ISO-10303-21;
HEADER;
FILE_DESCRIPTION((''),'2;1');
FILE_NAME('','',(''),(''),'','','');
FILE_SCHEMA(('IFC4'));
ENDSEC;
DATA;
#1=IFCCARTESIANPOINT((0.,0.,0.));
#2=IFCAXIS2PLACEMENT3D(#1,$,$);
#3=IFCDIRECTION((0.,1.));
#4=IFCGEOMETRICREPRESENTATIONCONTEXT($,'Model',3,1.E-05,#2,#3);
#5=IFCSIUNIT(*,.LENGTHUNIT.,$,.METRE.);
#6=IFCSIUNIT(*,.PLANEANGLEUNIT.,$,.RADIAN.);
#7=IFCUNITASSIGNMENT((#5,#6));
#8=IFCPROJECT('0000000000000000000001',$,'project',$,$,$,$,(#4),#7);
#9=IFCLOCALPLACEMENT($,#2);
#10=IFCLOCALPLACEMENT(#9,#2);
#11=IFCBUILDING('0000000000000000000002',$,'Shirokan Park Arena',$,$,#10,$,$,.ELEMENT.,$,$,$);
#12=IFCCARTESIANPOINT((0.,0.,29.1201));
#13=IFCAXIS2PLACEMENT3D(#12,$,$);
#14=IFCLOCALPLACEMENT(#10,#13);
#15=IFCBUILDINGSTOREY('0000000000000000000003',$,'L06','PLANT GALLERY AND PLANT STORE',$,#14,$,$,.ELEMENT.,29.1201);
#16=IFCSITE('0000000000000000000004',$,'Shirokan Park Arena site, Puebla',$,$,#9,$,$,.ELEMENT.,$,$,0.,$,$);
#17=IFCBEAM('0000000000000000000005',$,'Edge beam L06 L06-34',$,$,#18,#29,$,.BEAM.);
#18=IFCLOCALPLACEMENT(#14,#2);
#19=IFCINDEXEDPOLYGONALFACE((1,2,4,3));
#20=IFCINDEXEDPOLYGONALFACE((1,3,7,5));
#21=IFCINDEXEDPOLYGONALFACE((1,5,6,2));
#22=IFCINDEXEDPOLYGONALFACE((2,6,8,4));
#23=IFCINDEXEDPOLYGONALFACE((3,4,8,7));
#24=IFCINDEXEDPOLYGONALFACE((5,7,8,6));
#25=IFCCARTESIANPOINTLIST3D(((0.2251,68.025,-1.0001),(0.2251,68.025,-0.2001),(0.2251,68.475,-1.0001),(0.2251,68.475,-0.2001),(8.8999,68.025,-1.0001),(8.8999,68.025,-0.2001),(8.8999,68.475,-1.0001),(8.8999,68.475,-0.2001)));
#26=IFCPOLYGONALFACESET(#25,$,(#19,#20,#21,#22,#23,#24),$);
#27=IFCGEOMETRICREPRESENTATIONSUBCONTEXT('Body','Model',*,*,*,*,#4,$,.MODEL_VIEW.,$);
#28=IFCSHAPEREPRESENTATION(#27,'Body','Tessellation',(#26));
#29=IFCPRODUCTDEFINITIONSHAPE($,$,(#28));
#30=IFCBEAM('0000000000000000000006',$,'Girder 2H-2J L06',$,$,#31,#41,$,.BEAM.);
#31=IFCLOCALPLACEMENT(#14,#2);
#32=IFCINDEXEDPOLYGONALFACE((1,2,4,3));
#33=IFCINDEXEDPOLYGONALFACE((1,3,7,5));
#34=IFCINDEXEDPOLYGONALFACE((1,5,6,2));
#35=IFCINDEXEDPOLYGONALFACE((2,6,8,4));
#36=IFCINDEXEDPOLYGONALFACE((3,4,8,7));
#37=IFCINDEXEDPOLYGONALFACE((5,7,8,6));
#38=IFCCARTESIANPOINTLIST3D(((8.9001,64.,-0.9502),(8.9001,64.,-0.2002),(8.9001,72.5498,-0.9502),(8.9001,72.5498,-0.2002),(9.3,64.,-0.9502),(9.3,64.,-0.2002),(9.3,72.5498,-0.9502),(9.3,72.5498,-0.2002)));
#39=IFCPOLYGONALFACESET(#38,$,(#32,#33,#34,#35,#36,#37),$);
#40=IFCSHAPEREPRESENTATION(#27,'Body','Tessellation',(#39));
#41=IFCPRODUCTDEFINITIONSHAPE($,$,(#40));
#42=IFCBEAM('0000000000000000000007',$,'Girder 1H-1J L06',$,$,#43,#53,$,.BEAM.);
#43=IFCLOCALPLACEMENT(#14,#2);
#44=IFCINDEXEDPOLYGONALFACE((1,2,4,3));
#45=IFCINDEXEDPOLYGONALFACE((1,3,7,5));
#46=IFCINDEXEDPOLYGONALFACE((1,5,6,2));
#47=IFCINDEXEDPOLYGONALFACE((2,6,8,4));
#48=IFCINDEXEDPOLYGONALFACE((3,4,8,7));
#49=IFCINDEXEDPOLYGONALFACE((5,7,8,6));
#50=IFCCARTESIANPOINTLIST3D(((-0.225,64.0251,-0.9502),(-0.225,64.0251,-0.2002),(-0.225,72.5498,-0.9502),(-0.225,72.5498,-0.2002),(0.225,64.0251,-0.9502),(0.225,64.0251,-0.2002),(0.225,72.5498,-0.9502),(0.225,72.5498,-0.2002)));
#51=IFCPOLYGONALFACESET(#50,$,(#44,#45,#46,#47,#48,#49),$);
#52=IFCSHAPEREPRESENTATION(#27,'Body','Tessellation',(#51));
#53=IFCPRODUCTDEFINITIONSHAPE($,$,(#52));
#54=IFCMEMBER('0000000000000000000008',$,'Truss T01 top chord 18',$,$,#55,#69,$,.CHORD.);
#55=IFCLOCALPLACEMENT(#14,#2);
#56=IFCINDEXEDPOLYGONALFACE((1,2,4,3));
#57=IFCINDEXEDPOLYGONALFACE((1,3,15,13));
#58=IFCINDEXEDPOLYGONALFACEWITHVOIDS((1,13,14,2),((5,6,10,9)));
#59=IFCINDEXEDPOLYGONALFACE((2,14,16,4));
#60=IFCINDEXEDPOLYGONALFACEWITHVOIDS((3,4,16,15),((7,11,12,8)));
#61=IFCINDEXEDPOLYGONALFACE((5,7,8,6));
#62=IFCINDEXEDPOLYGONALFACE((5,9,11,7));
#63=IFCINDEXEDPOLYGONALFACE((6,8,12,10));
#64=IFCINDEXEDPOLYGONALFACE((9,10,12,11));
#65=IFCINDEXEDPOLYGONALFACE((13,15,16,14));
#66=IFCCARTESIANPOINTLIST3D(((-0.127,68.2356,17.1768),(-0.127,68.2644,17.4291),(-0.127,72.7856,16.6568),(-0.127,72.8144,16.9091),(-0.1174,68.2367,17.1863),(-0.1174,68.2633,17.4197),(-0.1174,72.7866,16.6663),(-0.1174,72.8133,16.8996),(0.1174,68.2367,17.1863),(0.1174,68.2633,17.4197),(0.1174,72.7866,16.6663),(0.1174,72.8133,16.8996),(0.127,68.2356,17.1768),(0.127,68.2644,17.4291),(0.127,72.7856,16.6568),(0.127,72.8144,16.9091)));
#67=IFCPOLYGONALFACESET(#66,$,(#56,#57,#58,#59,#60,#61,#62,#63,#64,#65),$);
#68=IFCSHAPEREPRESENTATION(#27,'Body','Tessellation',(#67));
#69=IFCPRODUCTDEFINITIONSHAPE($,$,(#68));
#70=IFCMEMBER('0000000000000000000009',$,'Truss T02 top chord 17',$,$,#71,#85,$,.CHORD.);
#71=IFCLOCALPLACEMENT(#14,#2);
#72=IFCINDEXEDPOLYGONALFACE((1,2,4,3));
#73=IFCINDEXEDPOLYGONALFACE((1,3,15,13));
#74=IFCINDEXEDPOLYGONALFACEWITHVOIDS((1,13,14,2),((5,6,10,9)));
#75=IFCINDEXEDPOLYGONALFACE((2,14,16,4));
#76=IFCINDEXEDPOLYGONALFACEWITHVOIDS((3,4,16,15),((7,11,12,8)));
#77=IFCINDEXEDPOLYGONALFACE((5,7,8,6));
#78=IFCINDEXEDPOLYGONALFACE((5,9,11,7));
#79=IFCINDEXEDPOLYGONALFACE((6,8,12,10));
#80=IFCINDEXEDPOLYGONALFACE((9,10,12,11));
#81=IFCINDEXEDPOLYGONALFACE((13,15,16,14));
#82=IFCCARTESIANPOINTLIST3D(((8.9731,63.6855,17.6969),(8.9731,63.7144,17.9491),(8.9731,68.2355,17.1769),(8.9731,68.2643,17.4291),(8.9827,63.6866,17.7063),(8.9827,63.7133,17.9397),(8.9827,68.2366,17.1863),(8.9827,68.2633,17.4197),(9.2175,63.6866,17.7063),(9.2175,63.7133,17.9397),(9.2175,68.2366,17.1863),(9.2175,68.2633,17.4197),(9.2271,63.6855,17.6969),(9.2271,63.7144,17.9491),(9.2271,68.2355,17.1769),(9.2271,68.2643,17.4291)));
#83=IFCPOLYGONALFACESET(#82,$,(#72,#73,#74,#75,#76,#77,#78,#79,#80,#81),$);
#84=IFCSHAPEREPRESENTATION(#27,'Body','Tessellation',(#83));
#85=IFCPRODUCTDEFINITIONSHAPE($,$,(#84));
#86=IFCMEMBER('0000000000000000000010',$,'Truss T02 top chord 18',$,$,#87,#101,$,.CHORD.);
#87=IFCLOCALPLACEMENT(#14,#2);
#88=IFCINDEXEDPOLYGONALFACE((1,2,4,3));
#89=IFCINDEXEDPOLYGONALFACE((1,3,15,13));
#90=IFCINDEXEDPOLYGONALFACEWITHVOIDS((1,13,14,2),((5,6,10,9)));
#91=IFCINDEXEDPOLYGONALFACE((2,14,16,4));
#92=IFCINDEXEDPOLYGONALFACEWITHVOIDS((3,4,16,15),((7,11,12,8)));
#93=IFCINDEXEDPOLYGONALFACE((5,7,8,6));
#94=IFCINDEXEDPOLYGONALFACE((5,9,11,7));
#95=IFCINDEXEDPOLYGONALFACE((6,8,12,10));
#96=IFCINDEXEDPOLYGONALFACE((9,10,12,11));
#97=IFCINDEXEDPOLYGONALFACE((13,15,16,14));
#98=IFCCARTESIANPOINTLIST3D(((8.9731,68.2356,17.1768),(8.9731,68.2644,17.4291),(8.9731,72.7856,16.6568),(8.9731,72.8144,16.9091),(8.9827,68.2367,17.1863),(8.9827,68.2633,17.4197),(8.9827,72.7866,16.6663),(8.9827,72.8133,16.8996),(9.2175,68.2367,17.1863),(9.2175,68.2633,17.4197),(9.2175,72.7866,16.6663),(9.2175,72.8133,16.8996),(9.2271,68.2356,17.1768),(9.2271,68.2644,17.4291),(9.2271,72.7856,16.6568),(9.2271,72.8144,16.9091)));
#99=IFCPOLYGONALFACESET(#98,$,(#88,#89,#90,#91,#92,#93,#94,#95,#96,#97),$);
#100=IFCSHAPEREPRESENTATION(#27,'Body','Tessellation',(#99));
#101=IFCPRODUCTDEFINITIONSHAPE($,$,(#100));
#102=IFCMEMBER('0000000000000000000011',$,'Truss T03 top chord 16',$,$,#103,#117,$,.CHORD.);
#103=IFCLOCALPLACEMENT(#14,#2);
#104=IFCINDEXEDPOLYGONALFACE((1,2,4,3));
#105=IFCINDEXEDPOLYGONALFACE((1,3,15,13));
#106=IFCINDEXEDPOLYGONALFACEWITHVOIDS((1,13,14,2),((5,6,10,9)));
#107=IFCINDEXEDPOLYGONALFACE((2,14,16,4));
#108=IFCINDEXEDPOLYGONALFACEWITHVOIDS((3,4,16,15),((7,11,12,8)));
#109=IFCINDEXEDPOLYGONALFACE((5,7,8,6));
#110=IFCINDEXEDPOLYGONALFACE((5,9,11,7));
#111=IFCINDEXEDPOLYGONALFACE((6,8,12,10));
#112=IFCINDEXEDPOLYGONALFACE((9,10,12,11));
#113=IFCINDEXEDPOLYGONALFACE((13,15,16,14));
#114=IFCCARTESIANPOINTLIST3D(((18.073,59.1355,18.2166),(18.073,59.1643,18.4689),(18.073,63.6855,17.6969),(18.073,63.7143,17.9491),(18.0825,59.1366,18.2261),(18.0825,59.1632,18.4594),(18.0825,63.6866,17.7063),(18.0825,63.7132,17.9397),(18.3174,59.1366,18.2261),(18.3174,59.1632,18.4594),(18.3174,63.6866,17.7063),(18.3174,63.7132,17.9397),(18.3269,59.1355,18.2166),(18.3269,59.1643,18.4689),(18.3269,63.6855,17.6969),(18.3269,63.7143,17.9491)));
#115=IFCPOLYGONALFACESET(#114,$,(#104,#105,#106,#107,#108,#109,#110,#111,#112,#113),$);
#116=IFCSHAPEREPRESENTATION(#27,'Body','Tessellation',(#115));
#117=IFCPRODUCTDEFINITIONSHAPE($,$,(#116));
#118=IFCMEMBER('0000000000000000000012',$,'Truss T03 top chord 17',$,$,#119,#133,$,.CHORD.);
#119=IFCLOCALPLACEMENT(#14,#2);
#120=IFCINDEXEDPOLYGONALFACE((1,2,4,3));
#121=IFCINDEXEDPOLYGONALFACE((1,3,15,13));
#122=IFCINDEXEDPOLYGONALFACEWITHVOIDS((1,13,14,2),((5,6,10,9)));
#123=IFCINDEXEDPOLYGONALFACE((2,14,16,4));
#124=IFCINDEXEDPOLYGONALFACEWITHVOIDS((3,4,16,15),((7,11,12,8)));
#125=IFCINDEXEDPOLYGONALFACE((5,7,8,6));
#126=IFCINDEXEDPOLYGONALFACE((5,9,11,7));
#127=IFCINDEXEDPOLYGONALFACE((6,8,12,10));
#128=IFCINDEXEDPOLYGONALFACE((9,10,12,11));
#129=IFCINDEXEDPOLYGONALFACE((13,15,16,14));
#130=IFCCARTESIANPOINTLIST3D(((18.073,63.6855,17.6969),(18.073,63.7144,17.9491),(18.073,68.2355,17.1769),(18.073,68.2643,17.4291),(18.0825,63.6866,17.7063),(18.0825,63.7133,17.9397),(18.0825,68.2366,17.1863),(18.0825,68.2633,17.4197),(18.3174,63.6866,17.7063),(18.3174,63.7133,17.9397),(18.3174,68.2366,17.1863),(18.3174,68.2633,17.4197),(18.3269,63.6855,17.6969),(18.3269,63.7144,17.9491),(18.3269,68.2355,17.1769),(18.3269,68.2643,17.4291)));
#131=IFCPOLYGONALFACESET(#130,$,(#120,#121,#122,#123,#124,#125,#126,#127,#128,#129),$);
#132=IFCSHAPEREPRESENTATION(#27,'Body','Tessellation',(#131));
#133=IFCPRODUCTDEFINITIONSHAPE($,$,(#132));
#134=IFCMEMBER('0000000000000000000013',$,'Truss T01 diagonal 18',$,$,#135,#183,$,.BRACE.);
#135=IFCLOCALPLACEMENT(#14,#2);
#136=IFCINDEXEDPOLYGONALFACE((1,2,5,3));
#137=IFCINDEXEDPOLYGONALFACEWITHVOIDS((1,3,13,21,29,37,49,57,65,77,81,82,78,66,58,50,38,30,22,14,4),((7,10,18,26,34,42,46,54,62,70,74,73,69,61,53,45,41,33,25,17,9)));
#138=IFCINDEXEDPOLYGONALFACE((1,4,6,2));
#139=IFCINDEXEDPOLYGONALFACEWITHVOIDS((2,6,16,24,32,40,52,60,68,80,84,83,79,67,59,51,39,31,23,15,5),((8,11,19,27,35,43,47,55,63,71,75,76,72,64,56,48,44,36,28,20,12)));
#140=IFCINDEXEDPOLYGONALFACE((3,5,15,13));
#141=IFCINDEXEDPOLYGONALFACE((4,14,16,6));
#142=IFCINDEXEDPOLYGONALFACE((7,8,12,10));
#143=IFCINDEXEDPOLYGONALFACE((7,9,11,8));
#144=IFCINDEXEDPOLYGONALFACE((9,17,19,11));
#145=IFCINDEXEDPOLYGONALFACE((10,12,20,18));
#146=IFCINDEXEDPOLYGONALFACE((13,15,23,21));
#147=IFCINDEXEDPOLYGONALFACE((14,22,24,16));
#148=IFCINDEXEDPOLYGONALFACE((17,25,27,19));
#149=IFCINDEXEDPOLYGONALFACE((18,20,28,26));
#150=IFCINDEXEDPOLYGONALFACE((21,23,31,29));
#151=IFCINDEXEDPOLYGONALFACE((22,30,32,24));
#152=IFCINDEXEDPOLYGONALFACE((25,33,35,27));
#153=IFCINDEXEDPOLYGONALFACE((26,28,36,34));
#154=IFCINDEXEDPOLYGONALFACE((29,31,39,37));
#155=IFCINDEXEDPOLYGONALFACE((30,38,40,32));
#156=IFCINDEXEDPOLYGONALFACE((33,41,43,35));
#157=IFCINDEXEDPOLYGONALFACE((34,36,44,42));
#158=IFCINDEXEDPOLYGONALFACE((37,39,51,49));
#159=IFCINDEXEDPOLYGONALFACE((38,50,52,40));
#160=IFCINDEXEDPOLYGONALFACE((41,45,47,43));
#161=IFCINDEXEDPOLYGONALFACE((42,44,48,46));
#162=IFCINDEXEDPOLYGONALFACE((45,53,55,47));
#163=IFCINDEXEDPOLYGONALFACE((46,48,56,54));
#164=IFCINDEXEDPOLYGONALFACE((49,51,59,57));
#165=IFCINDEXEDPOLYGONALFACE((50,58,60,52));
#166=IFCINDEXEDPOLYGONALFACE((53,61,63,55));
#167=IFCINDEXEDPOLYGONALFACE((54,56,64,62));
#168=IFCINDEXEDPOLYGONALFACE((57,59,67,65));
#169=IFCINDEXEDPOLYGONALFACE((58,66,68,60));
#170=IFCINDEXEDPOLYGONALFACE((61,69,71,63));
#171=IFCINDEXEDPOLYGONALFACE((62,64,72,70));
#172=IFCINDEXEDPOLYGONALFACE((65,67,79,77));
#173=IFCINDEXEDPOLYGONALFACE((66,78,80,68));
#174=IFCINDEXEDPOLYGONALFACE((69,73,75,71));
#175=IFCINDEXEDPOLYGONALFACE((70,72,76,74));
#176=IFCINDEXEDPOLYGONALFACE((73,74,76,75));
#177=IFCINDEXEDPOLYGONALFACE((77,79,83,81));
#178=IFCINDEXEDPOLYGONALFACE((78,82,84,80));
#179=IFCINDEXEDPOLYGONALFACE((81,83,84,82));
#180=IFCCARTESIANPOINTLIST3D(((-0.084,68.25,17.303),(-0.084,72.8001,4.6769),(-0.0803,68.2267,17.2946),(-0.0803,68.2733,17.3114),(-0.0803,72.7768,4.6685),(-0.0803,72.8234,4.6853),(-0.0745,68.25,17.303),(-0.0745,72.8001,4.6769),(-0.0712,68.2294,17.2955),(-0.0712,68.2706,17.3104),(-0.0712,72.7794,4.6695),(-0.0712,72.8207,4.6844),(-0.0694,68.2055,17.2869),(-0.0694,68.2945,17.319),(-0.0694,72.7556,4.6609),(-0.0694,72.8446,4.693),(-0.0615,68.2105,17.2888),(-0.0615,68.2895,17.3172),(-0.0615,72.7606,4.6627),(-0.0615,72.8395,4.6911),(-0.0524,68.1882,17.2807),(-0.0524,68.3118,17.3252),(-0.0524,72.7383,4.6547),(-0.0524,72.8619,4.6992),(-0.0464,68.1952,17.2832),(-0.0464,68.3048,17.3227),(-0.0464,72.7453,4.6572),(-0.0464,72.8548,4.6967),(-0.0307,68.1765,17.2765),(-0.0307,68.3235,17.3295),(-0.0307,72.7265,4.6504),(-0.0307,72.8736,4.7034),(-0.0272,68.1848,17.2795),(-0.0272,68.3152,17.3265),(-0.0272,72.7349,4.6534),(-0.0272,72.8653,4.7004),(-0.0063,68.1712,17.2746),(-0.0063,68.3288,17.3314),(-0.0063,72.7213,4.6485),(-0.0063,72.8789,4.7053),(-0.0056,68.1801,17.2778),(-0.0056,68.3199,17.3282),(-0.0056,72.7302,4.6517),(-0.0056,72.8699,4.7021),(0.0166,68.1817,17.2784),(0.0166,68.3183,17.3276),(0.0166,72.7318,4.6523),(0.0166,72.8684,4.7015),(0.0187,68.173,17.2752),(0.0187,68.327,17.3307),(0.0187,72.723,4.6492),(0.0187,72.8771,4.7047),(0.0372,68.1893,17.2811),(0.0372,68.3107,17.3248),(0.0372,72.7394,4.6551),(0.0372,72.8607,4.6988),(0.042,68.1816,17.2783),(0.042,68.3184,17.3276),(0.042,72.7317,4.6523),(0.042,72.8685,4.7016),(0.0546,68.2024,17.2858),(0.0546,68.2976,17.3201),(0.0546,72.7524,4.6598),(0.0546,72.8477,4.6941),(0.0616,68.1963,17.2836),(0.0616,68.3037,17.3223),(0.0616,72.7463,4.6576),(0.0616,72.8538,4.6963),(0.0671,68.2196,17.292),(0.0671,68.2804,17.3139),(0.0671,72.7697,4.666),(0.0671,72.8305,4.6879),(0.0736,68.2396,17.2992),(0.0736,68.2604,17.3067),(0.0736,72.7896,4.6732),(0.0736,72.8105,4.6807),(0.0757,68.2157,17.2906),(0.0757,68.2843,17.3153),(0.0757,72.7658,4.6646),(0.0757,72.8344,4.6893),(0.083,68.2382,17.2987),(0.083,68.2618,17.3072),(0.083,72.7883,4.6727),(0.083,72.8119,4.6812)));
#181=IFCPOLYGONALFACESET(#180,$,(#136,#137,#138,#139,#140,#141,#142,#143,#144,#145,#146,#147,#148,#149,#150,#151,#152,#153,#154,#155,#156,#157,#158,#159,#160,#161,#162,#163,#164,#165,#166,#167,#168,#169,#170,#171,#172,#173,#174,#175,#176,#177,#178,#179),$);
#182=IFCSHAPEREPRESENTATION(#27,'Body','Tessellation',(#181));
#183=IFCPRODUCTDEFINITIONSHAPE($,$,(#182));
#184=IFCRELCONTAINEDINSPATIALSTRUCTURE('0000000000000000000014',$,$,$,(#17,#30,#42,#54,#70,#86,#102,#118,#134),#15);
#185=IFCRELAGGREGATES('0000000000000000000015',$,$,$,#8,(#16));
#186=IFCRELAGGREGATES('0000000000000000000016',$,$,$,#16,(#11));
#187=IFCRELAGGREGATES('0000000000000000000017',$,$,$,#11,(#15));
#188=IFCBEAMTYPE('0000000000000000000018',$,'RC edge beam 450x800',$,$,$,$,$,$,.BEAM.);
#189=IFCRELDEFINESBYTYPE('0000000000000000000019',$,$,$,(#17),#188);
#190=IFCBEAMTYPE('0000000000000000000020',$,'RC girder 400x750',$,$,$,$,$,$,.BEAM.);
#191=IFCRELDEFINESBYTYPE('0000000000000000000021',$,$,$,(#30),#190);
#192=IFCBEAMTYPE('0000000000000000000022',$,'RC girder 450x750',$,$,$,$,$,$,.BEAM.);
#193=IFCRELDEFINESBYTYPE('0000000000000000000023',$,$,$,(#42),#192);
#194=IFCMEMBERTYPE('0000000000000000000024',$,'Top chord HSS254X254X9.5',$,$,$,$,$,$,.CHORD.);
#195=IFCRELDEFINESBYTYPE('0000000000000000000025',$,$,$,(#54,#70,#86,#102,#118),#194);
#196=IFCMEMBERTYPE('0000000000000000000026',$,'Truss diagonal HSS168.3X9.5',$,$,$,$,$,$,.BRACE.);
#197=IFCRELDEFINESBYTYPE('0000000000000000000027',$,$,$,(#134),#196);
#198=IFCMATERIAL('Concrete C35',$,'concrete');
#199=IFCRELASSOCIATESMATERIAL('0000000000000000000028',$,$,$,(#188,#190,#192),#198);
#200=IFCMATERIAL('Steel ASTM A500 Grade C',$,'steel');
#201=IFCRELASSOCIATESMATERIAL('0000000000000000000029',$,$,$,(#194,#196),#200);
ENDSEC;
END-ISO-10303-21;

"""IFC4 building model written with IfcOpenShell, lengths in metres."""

from ifc_helpers import new_model, si_unit, direction, frame, origin, origin_2d, place, context, subcontext, project, spatial, rectangle, hollow_rectangle, hollow_circle, extrude, material, material_profile, profile_set, type_object, element, save


model = new_model("IFC4")

# Units and contexts
model_context = context("Model", 3, precision=1e-05, world=origin(), true_north=direction((0.0, 1.0)))
body_context = subcontext(model_context, "Body", "Model", "MODEL_VIEW")
ifc_project = project(units=[si_unit("LENGTHUNIT", "METRE"), si_unit("PLANEANGLEUNIT", "RADIAN")], contexts=[model_context])

# Site, building, storey
site_placement = place(None, origin())
site = spatial("IfcSite", under=ifc_project, at=site_placement, Name="Shirokan Park Arena site, Puebla", CompositionType="ELEMENT", RefElevation=0.0)
building_placement = place(site_placement, origin())
building = spatial("IfcBuilding", under=site, at=building_placement, Name="Shirokan Park Arena", CompositionType="ELEMENT")
storey_placement = place(building_placement, frame((0.0, 0.0, 29.1201)))
storey = spatial("IfcBuildingStorey", under=building, at=storey_placement, Name="L06", Description="PLANT GALLERY AND PLANT STORE", CompositionType="ELEMENT", Elevation=29.1201)

# Shared definitions
ifc_material_1 = material(Name="Concrete C35", Category="concrete")

# Shared definitions
ifc_material_2 = material(Name="Steel ASTM A500 Grade C", Category="steel")

# Beams
ifc_material_profile_1 = material_profile(ifc_material_1, rectangle(XDim=0.45, YDim=0.8, at=origin_2d()), Name="450x800")
ifc_profile_set_1 = profile_set([ifc_material_profile_1], Name="Concrete C35")
beam_type_1 = type_object("IfcBeamType", Name="RC edge beam 450x800", PredefinedType="BEAM", material=ifc_profile_set_1)
beam_1_placement = place(storey_placement, frame((0.2251, 68.25, -0.6001), z_axis=(1.0, 0.0, 0.0), x_axis=(0.0, 1.0, 0.0)))
element("IfcBeam", 1, at=beam_1_placement, inside=storey, type_object=beam_type_1, Name="Edge beam L06 L06-34", PredefinedType="BEAM", context=body_context, shape_type="SweptSolid", body=[
    extrude(rectangle(XDim=0.45, YDim=0.8, at=origin_2d()), origin(), (0.0, 0.0, 1.0), 8.6748),
])
ifc_material_profile_2 = material_profile(ifc_material_1, rectangle(XDim=0.3999, YDim=0.75, at=origin_2d()), Name="400x750")
ifc_profile_set_2 = profile_set([ifc_material_profile_2], Name="Concrete C35")
beam_type_2 = type_object("IfcBeamType", Name="RC girder 400x750", PredefinedType="BEAM", material=ifc_profile_set_2)
beam_2_placement = place(storey_placement, frame((9.1001, 64.0, -0.5752), z_axis=(0.0, 1.0, 0.0), x_axis=(-1.0, 0.0, 0.0)))
element("IfcBeam", 2, at=beam_2_placement, inside=storey, type_object=beam_type_2, Name="Girder 2H-2J L06", PredefinedType="BEAM", context=body_context, shape_type="SweptSolid", body=[
    extrude(rectangle(XDim=0.3999, YDim=0.75, at=origin_2d()), origin(), (0.0, 0.0, 1.0), 8.5498),
])
ifc_material_profile_3 = material_profile(ifc_material_1, rectangle(XDim=0.45, YDim=0.75, at=origin_2d()), Name="450x750")
ifc_profile_set_3 = profile_set([ifc_material_profile_3], Name="Concrete C35")
beam_type_3 = type_object("IfcBeamType", Name="RC girder 450x750", PredefinedType="BEAM", material=ifc_profile_set_3)
beam_3_placement = place(storey_placement, frame((0.0, 64.0251, -0.5752), z_axis=(0.0, 1.0, 0.0), x_axis=(-1.0, 0.0, 0.0)))
element("IfcBeam", 3, at=beam_3_placement, inside=storey, type_object=beam_type_3, Name="Girder 1H-1J L06", PredefinedType="BEAM", context=body_context, shape_type="SweptSolid", body=[
    extrude(rectangle(XDim=0.45, YDim=0.75, at=origin_2d()), origin(), (0.0, 0.0, 1.0), 8.5247),
])

# Members
ifc_material_profile_4 = material_profile(ifc_material_2, hollow_rectangle(XDim=0.2539, YDim=0.2539, WallThickness=0.0095, at=origin_2d()), Name="HSS254X254X9.5")
ifc_profile_set_4 = profile_set([ifc_material_profile_4], Name="Steel ASTM A500 Grade C")
member_type_1 = type_object("IfcMemberType", Name="Top chord HSS254X254X9.5", PredefinedType="CHORD", material=ifc_profile_set_4)
for number, where, z_axis, x_axis, name in (
    (4, (0.0, 68.25, 17.303), (0.0, 0.993532, -0.11355), (-1.0, 0.0, 0.0), "Truss T01 top chord 18"),
    (5, (9.1001, 63.7, 17.823), (0.0, 0.993532, -0.11355), (-1.0, 0.0, 0.0), "Truss T02 top chord 17"),
    (6, (9.1001, 68.25, 17.303), (0.0, 0.993532, -0.11355), (-1.0, 0.0, 0.0), "Truss T02 top chord 18"),
    (7, (18.2, 59.1499, 18.3428), (0.0, 0.993538, -0.113497), (-1.0, 0.0, 0.0), "Truss T03 top chord 16"),
    (8, (18.2, 63.7, 17.823), (0.0, 0.993532, -0.11355), (-1.0, 0.0, 0.0), "Truss T03 top chord 17"),
):
    element("IfcMember", number, at=place(storey_placement, frame(where, z_axis=z_axis, x_axis=x_axis)), inside=storey, type_object=member_type_1, Name=name, PredefinedType="CHORD", context=body_context, shape_type="SweptSolid", body=[
        extrude(hollow_rectangle(XDim=0.2539, YDim=0.2539, WallThickness=0.0095, at=origin_2d()), origin(), (0.0, 0.0, 1.0), 4.5796),
    ])
ifc_material_profile_5 = material_profile(ifc_material_2, hollow_circle(Radius=0.084, WallThickness=0.0095, at=origin_2d()), Name="HSS168.3X9.5")
ifc_profile_set_5 = profile_set([ifc_material_profile_5], Name="Steel ASTM A500 Grade C")
member_type_2 = type_object("IfcMemberType", Name="Truss diagonal HSS168.3X9.5", PredefinedType="BRACE", material=ifc_profile_set_5)
member_1_placement = place(storey_placement, frame((0.0, 68.25, 17.303), z_axis=(0.0, 0.339029, -0.940776), x_axis=(-1.0, 0.0, 0.0)))
element("IfcMember", 9, at=member_1_placement, inside=storey, type_object=member_type_2, Name="Truss T01 diagonal 18", PredefinedType="BRACE", context=body_context, shape_type="SweptSolid", body=[
    extrude(hollow_circle(Radius=0.084, WallThickness=0.0095, at=origin_2d()), origin(), (0.0, 0.0, 1.0), 13.4209),
])

save(model, "model.ifc")
